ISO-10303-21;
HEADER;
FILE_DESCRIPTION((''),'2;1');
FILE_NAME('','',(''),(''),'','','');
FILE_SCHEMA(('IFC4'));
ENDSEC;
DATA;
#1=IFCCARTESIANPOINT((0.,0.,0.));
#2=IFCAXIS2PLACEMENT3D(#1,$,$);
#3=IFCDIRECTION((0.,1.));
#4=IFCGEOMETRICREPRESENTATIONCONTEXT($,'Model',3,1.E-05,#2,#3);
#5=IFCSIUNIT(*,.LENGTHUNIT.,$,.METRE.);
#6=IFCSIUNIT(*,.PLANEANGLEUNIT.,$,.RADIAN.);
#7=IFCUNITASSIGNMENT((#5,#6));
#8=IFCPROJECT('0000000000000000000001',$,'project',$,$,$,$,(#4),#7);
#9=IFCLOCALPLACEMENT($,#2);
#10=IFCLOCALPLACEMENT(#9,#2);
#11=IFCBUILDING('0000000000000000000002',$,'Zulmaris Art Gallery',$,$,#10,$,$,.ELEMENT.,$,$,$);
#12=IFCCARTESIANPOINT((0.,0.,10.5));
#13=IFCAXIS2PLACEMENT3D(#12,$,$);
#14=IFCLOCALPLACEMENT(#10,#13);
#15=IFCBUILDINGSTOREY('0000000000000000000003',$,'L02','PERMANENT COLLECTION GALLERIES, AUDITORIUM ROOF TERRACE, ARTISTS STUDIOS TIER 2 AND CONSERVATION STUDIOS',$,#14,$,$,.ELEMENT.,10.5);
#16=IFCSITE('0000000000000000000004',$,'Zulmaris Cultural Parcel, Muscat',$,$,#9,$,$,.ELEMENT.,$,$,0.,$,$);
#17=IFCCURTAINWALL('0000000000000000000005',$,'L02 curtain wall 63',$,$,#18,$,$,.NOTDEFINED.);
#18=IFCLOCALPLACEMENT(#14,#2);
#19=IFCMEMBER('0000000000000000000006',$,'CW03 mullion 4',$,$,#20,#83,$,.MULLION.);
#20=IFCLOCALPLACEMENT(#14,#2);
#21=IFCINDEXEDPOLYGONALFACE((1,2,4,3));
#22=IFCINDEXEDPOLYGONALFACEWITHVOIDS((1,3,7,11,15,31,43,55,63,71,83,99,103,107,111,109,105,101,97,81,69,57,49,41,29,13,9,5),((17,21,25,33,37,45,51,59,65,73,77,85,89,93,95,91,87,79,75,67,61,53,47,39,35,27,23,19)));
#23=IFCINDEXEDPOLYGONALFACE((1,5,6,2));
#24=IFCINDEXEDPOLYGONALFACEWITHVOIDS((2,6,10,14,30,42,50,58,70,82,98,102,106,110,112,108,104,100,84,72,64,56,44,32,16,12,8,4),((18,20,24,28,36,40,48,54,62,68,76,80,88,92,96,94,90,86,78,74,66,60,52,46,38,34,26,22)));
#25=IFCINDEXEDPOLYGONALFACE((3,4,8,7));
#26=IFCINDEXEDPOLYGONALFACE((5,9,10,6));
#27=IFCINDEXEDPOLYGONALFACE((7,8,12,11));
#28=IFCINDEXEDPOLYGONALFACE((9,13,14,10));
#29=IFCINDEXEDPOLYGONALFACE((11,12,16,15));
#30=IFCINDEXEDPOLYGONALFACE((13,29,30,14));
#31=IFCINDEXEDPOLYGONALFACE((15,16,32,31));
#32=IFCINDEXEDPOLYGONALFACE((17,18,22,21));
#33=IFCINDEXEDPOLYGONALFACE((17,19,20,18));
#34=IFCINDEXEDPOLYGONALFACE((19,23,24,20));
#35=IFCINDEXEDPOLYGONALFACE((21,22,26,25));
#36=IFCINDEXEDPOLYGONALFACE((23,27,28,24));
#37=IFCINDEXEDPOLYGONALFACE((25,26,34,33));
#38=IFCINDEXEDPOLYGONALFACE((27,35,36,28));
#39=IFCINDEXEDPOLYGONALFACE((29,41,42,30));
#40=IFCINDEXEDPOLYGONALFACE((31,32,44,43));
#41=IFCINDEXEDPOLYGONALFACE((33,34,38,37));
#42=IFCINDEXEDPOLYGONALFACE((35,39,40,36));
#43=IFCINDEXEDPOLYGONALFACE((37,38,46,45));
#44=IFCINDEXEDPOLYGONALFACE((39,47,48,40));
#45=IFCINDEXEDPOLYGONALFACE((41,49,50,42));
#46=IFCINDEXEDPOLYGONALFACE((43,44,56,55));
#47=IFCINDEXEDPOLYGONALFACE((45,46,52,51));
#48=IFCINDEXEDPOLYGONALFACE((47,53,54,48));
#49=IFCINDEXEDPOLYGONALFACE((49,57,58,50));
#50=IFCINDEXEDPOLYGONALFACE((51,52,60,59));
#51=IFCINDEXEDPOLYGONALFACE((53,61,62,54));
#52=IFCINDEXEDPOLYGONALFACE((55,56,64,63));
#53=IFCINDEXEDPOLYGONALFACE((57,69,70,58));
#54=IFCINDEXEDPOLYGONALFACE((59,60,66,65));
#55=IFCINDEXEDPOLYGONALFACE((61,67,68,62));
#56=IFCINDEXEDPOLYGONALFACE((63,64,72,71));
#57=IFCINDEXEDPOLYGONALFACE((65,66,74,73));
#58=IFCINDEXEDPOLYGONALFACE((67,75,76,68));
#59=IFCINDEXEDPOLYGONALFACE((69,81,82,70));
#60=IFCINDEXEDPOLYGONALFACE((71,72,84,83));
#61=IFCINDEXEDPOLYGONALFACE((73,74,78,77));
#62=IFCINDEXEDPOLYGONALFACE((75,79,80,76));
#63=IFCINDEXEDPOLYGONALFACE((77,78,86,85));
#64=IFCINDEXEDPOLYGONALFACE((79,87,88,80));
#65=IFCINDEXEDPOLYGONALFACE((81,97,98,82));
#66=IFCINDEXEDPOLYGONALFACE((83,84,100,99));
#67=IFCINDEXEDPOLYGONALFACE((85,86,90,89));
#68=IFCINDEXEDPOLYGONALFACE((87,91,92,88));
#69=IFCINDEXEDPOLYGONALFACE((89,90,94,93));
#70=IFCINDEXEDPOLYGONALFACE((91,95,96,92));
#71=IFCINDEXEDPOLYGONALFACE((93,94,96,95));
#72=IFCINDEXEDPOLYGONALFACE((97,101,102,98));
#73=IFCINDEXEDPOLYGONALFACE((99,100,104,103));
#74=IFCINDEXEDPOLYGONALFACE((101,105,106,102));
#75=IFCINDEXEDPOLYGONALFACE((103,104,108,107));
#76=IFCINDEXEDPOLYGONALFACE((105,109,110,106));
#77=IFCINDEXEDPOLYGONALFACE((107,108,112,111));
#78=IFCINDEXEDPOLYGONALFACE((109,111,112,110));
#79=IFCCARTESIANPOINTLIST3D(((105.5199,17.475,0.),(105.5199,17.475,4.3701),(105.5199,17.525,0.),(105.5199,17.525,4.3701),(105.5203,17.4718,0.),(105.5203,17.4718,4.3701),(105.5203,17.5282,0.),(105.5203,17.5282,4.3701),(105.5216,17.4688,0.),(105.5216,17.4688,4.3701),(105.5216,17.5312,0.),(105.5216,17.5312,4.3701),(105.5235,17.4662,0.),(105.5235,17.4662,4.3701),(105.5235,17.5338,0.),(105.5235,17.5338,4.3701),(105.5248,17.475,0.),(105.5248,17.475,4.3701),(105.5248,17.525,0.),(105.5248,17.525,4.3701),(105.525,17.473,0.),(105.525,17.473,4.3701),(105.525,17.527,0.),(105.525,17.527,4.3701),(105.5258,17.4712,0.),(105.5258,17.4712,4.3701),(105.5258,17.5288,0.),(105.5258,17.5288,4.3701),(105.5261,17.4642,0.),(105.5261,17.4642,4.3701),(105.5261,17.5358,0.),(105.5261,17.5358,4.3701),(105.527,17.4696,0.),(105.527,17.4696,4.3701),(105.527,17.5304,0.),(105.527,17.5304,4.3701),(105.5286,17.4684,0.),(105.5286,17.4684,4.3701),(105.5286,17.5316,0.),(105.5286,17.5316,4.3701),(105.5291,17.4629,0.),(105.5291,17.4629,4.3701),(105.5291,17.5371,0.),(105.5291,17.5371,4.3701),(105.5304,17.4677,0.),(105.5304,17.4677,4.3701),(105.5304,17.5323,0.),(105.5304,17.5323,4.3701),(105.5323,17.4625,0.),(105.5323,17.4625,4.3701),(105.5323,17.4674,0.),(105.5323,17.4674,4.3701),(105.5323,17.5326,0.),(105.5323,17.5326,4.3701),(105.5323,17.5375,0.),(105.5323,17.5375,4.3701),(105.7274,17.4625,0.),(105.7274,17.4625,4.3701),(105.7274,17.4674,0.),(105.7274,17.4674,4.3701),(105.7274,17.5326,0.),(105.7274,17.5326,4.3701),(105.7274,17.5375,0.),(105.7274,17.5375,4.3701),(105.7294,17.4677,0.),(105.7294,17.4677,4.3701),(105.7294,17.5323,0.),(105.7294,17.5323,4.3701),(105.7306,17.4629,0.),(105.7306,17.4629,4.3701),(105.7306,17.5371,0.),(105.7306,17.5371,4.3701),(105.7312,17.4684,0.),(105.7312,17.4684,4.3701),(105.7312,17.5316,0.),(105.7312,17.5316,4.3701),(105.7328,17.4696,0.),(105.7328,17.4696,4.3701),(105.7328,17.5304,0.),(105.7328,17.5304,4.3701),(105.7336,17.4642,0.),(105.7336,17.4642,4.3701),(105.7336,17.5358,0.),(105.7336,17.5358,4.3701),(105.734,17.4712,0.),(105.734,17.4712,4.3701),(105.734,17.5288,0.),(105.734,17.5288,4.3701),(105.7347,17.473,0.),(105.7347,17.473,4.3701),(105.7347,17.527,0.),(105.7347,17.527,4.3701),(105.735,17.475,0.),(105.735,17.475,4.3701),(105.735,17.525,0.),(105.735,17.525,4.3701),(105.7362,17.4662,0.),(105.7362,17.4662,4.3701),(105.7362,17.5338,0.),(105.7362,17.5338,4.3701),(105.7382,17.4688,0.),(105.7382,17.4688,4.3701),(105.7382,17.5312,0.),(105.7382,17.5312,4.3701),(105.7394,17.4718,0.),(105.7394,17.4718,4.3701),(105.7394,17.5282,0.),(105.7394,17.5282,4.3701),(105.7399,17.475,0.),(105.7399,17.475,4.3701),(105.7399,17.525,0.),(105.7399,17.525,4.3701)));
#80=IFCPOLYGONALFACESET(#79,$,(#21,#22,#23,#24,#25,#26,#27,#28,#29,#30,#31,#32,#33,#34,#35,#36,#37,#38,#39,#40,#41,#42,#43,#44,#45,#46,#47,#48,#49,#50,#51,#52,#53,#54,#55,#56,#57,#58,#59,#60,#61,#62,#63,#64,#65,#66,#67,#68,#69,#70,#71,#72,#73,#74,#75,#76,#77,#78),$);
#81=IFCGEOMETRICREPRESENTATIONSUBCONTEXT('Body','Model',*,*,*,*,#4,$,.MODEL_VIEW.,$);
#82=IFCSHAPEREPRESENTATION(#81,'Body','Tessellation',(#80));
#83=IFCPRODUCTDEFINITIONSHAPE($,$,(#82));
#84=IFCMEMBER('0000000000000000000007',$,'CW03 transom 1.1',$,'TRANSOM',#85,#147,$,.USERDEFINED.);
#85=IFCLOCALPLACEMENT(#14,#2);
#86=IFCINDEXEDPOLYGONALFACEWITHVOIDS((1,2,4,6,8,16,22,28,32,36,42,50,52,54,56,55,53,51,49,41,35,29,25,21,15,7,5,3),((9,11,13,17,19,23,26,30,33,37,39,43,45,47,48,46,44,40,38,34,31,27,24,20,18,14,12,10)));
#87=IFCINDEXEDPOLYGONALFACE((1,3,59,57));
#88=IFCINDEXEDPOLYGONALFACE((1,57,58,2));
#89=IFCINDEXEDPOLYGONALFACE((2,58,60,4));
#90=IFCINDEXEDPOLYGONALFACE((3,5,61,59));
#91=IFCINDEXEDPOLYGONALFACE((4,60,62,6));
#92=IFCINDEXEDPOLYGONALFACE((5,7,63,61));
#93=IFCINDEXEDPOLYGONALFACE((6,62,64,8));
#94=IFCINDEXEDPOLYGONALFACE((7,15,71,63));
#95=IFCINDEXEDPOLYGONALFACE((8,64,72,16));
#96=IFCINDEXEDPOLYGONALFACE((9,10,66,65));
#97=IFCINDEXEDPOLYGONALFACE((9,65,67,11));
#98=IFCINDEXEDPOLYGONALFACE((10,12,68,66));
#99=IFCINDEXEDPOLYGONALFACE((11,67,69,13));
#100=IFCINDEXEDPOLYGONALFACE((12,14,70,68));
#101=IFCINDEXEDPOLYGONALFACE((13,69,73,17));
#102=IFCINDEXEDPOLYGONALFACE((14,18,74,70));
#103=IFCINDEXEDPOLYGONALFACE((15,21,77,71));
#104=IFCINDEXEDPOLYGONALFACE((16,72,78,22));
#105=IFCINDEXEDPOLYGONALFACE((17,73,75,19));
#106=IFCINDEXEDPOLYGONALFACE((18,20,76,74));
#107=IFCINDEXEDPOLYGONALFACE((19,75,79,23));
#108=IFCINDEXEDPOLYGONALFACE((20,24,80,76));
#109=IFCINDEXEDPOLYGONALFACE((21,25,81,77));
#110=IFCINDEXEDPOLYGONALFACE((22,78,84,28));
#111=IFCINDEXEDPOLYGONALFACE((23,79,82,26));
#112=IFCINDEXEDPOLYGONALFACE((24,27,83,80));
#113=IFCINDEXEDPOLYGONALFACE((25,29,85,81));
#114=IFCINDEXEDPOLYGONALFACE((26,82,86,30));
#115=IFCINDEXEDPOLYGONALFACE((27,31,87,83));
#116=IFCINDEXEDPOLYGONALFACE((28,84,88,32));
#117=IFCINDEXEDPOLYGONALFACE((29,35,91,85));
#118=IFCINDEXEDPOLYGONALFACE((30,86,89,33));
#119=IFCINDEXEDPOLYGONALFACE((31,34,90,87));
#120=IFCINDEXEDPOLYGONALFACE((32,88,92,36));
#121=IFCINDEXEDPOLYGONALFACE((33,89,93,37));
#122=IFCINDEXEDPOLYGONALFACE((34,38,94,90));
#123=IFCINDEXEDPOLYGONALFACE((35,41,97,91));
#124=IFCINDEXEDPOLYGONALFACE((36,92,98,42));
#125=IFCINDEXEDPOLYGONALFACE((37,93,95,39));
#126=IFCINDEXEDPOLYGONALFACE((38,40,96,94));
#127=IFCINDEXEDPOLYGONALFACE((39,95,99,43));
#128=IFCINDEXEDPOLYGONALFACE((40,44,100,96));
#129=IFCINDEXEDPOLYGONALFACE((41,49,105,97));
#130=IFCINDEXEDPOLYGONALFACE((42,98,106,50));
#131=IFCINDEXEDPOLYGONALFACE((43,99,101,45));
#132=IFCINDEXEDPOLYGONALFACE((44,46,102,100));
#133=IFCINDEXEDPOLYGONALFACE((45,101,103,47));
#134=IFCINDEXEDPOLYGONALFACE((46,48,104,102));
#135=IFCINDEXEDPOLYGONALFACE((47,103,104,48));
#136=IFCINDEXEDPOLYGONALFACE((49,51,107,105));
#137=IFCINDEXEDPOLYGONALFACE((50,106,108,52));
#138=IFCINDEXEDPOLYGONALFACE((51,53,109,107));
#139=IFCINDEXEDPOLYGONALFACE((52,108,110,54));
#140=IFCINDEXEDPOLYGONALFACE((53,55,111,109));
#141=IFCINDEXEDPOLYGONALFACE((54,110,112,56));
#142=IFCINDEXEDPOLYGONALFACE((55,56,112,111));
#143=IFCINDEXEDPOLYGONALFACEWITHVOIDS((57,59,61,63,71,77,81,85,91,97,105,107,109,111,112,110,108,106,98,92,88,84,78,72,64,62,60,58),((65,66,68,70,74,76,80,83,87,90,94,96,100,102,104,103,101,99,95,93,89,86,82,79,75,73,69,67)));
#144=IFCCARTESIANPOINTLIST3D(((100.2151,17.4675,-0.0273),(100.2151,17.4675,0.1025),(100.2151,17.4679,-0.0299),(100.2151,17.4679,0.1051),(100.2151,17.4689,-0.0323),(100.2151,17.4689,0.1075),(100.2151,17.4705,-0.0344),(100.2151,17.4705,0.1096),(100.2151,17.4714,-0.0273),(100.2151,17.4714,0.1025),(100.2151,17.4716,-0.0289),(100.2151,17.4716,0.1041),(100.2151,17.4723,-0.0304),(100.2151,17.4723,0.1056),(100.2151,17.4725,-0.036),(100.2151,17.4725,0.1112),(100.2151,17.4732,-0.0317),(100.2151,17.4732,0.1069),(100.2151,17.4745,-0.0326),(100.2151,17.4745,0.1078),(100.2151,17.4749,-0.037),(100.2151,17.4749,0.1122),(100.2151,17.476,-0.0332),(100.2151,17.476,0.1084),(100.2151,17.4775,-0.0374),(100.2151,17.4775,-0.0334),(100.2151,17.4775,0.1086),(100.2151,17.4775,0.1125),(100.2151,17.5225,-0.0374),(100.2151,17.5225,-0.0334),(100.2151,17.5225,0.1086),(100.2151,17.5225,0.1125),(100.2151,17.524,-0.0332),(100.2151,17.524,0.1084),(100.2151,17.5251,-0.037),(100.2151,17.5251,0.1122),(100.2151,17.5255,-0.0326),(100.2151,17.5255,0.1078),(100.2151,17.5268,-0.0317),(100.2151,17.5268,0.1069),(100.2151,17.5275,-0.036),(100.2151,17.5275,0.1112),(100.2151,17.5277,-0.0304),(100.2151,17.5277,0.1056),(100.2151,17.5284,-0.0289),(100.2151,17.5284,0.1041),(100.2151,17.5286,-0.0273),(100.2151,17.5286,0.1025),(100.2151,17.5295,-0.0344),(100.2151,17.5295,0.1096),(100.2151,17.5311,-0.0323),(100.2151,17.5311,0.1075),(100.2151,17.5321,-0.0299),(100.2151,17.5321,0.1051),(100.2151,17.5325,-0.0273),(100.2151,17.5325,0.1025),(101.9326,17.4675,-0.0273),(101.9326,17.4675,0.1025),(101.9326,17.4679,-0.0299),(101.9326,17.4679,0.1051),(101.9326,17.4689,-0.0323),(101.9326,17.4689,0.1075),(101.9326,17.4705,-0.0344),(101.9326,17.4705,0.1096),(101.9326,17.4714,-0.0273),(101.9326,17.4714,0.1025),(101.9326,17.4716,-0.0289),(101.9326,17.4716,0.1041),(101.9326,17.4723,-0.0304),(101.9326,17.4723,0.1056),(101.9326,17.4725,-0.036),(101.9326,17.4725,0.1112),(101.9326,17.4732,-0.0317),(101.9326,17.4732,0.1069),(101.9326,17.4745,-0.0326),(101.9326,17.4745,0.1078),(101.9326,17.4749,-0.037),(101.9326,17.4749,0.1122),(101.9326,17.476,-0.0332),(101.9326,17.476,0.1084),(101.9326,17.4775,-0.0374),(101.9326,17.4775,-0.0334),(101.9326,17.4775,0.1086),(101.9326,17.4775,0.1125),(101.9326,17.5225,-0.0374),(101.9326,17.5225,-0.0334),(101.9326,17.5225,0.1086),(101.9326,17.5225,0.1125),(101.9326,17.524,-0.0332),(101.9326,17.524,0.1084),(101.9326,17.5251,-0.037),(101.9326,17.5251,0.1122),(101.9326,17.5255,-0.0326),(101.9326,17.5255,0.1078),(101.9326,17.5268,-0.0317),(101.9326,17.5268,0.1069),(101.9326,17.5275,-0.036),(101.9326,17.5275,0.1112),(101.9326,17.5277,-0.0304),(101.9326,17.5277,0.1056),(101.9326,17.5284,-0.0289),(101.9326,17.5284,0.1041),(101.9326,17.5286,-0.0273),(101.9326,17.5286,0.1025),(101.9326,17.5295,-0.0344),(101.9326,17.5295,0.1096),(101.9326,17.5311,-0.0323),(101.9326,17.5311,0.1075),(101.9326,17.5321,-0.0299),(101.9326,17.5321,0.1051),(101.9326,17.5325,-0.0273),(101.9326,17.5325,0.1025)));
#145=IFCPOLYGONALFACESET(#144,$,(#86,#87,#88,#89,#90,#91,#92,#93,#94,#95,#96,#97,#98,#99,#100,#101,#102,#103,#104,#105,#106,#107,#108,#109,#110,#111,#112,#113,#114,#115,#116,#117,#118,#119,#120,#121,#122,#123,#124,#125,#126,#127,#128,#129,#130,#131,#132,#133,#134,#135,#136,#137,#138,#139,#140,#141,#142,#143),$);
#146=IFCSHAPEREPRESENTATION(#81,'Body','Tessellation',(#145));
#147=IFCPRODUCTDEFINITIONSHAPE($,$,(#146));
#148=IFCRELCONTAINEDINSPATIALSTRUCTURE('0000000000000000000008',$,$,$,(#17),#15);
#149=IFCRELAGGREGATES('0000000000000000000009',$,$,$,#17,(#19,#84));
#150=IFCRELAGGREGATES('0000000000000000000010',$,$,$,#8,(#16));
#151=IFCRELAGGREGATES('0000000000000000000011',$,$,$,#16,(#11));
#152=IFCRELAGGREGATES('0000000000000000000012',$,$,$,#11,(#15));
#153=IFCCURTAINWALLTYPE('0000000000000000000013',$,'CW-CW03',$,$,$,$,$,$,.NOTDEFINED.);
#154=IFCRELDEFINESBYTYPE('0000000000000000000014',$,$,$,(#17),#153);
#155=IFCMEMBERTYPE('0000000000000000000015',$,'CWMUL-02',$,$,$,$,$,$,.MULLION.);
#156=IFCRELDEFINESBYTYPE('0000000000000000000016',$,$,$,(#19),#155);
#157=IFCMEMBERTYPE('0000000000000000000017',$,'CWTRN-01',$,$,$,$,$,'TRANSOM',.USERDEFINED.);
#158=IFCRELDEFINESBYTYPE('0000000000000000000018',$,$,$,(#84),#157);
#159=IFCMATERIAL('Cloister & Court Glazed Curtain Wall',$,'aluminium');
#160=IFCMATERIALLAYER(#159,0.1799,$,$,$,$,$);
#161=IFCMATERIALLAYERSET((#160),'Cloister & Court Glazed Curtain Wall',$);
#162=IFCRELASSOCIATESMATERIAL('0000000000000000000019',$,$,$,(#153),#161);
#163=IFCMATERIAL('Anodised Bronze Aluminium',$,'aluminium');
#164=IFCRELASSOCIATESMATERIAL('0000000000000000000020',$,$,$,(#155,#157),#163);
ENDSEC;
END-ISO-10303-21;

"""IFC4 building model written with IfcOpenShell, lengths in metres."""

from ifc_helpers import new_model, si_unit, direction, frame, origin, origin_2d, place, context, subcontext, project, spatial, hollow_rectangle, extrude, material, layer, layer_set, material_profile, profile_set, type_object, element, aggregate, save


model = new_model("IFC4")

# Units and contexts
model_context = context("Model", 3, precision=1e-05, world=origin(), true_north=direction((0.0, 1.0)))
body_context = subcontext(model_context, "Body", "Model", "MODEL_VIEW")
ifc_project = project(units=[si_unit("LENGTHUNIT", "METRE"), si_unit("PLANEANGLEUNIT", "RADIAN")], contexts=[model_context])

# Site, building, storey
site_placement = place(None, origin())
site = spatial("IfcSite", under=ifc_project, at=site_placement, Name="Zulmaris Cultural Parcel, Muscat", CompositionType="ELEMENT", RefElevation=0.0)
building_placement = place(site_placement, origin())
building = spatial("IfcBuilding", under=site, at=building_placement, Name="Zulmaris Art Gallery", CompositionType="ELEMENT")
storey_placement = place(building_placement, frame((0.0, 0.0, 10.5)))
storey = spatial("IfcBuildingStorey", under=building, at=storey_placement, Name="L02", Description="PERMANENT COLLECTION GALLERIES, AUDITORIUM ROOF TERRACE, ARTISTS STUDIOS TIER 2 AND CONSERVATION STUDIOS", CompositionType="ELEMENT", Elevation=10.5)

# Shared definitions
ifc_material_1 = material(Name="Cloister & Court Glazed Curtain Wall", Category="aluminium")
ifc_layer_1 = layer(ifc_material_1, 0.1799)
ifc_layer_set_1 = layer_set([ifc_layer_1], Name="Cloister & Court Glazed Curtain Wall")
curtain_wall_type = type_object("IfcCurtainWallType", Name="CW-CW03", PredefinedType="NOTDEFINED", material=ifc_layer_set_1)
ifc_material_2 = material(Name="Anodised Bronze Aluminium", Category="aluminium")
ifc_material_profile_1 = material_profile(ifc_material_2, hollow_rectangle(XDim=0.075, YDim=0.22, WallThickness=0.0049, InnerFilletRadius=0.0076, OuterFilletRadius=0.0125, at=origin_2d()), Name="ALU 75x220x5")
ifc_profile_set_1 = profile_set([ifc_material_profile_1], Name="Anodised Bronze Aluminium")
member_type_1 = type_object("IfcMemberType", Name="CWMUL-02", PredefinedType="MULLION", material=ifc_profile_set_1)

# Curtain wall, members
curtain_wall_1_placement = place(storey_placement, origin())
curtain_wall_1 = element("IfcCurtainWall", 1, at=curtain_wall_1_placement, inside=storey, type_object=curtain_wall_type, Name="L02 curtain wall 63", PredefinedType="NOTDEFINED")
member_1_placement = place(storey_placement, frame((105.6299, 17.5, 0.0), z_axis=(0.0, 0.0, 1.0), x_axis=(0.0, 1.0, 0.0)))
member_1 = element("IfcMember", 2, at=member_1_placement, type_object=member_type_1, Name="CW03 mullion 4", PredefinedType="MULLION", context=body_context, shape_type="SweptSolid", body=[
    extrude(hollow_rectangle(XDim=0.075, YDim=0.22, WallThickness=0.0049, InnerFilletRadius=0.0076, OuterFilletRadius=0.0125, at=origin_2d()), origin(), (0.0, 0.0, 1.0), 4.3701),
])
ifc_material_profile_2 = material_profile(ifc_material_2, hollow_rectangle(XDim=0.0649, YDim=0.1499, WallThickness=0.0039, InnerFilletRadius=0.0061, OuterFilletRadius=0.01, at=origin_2d()), Name="ALU 65x150x4")
ifc_profile_set_2 = profile_set([ifc_material_profile_2], Name="Anodised Bronze Aluminium")
member_type_2 = type_object("IfcMemberType", Name="CWTRN-01", ElementType="TRANSOM", PredefinedType="USERDEFINED", material=ifc_profile_set_2)
member_2_placement = place(storey_placement, frame((100.2151, 17.5, 0.0376), z_axis=(1.0, 0.0, 0.0), x_axis=(0.0, 1.0, 0.0)))
member_2 = element("IfcMember", 3, at=member_2_placement, type_object=member_type_2, Name="CW03 transom 1.1", ObjectType="TRANSOM", PredefinedType="USERDEFINED", context=body_context, shape_type="SweptSolid", body=[
    extrude(hollow_rectangle(XDim=0.0649, YDim=0.1499, WallThickness=0.0039, InnerFilletRadius=0.0061, OuterFilletRadius=0.01, at=origin_2d()), origin(), (0.0, 0.0, 1.0), 1.7175),
])
aggregate(curtain_wall_1, [member_1, member_2])

save(model, "model.ifc")
